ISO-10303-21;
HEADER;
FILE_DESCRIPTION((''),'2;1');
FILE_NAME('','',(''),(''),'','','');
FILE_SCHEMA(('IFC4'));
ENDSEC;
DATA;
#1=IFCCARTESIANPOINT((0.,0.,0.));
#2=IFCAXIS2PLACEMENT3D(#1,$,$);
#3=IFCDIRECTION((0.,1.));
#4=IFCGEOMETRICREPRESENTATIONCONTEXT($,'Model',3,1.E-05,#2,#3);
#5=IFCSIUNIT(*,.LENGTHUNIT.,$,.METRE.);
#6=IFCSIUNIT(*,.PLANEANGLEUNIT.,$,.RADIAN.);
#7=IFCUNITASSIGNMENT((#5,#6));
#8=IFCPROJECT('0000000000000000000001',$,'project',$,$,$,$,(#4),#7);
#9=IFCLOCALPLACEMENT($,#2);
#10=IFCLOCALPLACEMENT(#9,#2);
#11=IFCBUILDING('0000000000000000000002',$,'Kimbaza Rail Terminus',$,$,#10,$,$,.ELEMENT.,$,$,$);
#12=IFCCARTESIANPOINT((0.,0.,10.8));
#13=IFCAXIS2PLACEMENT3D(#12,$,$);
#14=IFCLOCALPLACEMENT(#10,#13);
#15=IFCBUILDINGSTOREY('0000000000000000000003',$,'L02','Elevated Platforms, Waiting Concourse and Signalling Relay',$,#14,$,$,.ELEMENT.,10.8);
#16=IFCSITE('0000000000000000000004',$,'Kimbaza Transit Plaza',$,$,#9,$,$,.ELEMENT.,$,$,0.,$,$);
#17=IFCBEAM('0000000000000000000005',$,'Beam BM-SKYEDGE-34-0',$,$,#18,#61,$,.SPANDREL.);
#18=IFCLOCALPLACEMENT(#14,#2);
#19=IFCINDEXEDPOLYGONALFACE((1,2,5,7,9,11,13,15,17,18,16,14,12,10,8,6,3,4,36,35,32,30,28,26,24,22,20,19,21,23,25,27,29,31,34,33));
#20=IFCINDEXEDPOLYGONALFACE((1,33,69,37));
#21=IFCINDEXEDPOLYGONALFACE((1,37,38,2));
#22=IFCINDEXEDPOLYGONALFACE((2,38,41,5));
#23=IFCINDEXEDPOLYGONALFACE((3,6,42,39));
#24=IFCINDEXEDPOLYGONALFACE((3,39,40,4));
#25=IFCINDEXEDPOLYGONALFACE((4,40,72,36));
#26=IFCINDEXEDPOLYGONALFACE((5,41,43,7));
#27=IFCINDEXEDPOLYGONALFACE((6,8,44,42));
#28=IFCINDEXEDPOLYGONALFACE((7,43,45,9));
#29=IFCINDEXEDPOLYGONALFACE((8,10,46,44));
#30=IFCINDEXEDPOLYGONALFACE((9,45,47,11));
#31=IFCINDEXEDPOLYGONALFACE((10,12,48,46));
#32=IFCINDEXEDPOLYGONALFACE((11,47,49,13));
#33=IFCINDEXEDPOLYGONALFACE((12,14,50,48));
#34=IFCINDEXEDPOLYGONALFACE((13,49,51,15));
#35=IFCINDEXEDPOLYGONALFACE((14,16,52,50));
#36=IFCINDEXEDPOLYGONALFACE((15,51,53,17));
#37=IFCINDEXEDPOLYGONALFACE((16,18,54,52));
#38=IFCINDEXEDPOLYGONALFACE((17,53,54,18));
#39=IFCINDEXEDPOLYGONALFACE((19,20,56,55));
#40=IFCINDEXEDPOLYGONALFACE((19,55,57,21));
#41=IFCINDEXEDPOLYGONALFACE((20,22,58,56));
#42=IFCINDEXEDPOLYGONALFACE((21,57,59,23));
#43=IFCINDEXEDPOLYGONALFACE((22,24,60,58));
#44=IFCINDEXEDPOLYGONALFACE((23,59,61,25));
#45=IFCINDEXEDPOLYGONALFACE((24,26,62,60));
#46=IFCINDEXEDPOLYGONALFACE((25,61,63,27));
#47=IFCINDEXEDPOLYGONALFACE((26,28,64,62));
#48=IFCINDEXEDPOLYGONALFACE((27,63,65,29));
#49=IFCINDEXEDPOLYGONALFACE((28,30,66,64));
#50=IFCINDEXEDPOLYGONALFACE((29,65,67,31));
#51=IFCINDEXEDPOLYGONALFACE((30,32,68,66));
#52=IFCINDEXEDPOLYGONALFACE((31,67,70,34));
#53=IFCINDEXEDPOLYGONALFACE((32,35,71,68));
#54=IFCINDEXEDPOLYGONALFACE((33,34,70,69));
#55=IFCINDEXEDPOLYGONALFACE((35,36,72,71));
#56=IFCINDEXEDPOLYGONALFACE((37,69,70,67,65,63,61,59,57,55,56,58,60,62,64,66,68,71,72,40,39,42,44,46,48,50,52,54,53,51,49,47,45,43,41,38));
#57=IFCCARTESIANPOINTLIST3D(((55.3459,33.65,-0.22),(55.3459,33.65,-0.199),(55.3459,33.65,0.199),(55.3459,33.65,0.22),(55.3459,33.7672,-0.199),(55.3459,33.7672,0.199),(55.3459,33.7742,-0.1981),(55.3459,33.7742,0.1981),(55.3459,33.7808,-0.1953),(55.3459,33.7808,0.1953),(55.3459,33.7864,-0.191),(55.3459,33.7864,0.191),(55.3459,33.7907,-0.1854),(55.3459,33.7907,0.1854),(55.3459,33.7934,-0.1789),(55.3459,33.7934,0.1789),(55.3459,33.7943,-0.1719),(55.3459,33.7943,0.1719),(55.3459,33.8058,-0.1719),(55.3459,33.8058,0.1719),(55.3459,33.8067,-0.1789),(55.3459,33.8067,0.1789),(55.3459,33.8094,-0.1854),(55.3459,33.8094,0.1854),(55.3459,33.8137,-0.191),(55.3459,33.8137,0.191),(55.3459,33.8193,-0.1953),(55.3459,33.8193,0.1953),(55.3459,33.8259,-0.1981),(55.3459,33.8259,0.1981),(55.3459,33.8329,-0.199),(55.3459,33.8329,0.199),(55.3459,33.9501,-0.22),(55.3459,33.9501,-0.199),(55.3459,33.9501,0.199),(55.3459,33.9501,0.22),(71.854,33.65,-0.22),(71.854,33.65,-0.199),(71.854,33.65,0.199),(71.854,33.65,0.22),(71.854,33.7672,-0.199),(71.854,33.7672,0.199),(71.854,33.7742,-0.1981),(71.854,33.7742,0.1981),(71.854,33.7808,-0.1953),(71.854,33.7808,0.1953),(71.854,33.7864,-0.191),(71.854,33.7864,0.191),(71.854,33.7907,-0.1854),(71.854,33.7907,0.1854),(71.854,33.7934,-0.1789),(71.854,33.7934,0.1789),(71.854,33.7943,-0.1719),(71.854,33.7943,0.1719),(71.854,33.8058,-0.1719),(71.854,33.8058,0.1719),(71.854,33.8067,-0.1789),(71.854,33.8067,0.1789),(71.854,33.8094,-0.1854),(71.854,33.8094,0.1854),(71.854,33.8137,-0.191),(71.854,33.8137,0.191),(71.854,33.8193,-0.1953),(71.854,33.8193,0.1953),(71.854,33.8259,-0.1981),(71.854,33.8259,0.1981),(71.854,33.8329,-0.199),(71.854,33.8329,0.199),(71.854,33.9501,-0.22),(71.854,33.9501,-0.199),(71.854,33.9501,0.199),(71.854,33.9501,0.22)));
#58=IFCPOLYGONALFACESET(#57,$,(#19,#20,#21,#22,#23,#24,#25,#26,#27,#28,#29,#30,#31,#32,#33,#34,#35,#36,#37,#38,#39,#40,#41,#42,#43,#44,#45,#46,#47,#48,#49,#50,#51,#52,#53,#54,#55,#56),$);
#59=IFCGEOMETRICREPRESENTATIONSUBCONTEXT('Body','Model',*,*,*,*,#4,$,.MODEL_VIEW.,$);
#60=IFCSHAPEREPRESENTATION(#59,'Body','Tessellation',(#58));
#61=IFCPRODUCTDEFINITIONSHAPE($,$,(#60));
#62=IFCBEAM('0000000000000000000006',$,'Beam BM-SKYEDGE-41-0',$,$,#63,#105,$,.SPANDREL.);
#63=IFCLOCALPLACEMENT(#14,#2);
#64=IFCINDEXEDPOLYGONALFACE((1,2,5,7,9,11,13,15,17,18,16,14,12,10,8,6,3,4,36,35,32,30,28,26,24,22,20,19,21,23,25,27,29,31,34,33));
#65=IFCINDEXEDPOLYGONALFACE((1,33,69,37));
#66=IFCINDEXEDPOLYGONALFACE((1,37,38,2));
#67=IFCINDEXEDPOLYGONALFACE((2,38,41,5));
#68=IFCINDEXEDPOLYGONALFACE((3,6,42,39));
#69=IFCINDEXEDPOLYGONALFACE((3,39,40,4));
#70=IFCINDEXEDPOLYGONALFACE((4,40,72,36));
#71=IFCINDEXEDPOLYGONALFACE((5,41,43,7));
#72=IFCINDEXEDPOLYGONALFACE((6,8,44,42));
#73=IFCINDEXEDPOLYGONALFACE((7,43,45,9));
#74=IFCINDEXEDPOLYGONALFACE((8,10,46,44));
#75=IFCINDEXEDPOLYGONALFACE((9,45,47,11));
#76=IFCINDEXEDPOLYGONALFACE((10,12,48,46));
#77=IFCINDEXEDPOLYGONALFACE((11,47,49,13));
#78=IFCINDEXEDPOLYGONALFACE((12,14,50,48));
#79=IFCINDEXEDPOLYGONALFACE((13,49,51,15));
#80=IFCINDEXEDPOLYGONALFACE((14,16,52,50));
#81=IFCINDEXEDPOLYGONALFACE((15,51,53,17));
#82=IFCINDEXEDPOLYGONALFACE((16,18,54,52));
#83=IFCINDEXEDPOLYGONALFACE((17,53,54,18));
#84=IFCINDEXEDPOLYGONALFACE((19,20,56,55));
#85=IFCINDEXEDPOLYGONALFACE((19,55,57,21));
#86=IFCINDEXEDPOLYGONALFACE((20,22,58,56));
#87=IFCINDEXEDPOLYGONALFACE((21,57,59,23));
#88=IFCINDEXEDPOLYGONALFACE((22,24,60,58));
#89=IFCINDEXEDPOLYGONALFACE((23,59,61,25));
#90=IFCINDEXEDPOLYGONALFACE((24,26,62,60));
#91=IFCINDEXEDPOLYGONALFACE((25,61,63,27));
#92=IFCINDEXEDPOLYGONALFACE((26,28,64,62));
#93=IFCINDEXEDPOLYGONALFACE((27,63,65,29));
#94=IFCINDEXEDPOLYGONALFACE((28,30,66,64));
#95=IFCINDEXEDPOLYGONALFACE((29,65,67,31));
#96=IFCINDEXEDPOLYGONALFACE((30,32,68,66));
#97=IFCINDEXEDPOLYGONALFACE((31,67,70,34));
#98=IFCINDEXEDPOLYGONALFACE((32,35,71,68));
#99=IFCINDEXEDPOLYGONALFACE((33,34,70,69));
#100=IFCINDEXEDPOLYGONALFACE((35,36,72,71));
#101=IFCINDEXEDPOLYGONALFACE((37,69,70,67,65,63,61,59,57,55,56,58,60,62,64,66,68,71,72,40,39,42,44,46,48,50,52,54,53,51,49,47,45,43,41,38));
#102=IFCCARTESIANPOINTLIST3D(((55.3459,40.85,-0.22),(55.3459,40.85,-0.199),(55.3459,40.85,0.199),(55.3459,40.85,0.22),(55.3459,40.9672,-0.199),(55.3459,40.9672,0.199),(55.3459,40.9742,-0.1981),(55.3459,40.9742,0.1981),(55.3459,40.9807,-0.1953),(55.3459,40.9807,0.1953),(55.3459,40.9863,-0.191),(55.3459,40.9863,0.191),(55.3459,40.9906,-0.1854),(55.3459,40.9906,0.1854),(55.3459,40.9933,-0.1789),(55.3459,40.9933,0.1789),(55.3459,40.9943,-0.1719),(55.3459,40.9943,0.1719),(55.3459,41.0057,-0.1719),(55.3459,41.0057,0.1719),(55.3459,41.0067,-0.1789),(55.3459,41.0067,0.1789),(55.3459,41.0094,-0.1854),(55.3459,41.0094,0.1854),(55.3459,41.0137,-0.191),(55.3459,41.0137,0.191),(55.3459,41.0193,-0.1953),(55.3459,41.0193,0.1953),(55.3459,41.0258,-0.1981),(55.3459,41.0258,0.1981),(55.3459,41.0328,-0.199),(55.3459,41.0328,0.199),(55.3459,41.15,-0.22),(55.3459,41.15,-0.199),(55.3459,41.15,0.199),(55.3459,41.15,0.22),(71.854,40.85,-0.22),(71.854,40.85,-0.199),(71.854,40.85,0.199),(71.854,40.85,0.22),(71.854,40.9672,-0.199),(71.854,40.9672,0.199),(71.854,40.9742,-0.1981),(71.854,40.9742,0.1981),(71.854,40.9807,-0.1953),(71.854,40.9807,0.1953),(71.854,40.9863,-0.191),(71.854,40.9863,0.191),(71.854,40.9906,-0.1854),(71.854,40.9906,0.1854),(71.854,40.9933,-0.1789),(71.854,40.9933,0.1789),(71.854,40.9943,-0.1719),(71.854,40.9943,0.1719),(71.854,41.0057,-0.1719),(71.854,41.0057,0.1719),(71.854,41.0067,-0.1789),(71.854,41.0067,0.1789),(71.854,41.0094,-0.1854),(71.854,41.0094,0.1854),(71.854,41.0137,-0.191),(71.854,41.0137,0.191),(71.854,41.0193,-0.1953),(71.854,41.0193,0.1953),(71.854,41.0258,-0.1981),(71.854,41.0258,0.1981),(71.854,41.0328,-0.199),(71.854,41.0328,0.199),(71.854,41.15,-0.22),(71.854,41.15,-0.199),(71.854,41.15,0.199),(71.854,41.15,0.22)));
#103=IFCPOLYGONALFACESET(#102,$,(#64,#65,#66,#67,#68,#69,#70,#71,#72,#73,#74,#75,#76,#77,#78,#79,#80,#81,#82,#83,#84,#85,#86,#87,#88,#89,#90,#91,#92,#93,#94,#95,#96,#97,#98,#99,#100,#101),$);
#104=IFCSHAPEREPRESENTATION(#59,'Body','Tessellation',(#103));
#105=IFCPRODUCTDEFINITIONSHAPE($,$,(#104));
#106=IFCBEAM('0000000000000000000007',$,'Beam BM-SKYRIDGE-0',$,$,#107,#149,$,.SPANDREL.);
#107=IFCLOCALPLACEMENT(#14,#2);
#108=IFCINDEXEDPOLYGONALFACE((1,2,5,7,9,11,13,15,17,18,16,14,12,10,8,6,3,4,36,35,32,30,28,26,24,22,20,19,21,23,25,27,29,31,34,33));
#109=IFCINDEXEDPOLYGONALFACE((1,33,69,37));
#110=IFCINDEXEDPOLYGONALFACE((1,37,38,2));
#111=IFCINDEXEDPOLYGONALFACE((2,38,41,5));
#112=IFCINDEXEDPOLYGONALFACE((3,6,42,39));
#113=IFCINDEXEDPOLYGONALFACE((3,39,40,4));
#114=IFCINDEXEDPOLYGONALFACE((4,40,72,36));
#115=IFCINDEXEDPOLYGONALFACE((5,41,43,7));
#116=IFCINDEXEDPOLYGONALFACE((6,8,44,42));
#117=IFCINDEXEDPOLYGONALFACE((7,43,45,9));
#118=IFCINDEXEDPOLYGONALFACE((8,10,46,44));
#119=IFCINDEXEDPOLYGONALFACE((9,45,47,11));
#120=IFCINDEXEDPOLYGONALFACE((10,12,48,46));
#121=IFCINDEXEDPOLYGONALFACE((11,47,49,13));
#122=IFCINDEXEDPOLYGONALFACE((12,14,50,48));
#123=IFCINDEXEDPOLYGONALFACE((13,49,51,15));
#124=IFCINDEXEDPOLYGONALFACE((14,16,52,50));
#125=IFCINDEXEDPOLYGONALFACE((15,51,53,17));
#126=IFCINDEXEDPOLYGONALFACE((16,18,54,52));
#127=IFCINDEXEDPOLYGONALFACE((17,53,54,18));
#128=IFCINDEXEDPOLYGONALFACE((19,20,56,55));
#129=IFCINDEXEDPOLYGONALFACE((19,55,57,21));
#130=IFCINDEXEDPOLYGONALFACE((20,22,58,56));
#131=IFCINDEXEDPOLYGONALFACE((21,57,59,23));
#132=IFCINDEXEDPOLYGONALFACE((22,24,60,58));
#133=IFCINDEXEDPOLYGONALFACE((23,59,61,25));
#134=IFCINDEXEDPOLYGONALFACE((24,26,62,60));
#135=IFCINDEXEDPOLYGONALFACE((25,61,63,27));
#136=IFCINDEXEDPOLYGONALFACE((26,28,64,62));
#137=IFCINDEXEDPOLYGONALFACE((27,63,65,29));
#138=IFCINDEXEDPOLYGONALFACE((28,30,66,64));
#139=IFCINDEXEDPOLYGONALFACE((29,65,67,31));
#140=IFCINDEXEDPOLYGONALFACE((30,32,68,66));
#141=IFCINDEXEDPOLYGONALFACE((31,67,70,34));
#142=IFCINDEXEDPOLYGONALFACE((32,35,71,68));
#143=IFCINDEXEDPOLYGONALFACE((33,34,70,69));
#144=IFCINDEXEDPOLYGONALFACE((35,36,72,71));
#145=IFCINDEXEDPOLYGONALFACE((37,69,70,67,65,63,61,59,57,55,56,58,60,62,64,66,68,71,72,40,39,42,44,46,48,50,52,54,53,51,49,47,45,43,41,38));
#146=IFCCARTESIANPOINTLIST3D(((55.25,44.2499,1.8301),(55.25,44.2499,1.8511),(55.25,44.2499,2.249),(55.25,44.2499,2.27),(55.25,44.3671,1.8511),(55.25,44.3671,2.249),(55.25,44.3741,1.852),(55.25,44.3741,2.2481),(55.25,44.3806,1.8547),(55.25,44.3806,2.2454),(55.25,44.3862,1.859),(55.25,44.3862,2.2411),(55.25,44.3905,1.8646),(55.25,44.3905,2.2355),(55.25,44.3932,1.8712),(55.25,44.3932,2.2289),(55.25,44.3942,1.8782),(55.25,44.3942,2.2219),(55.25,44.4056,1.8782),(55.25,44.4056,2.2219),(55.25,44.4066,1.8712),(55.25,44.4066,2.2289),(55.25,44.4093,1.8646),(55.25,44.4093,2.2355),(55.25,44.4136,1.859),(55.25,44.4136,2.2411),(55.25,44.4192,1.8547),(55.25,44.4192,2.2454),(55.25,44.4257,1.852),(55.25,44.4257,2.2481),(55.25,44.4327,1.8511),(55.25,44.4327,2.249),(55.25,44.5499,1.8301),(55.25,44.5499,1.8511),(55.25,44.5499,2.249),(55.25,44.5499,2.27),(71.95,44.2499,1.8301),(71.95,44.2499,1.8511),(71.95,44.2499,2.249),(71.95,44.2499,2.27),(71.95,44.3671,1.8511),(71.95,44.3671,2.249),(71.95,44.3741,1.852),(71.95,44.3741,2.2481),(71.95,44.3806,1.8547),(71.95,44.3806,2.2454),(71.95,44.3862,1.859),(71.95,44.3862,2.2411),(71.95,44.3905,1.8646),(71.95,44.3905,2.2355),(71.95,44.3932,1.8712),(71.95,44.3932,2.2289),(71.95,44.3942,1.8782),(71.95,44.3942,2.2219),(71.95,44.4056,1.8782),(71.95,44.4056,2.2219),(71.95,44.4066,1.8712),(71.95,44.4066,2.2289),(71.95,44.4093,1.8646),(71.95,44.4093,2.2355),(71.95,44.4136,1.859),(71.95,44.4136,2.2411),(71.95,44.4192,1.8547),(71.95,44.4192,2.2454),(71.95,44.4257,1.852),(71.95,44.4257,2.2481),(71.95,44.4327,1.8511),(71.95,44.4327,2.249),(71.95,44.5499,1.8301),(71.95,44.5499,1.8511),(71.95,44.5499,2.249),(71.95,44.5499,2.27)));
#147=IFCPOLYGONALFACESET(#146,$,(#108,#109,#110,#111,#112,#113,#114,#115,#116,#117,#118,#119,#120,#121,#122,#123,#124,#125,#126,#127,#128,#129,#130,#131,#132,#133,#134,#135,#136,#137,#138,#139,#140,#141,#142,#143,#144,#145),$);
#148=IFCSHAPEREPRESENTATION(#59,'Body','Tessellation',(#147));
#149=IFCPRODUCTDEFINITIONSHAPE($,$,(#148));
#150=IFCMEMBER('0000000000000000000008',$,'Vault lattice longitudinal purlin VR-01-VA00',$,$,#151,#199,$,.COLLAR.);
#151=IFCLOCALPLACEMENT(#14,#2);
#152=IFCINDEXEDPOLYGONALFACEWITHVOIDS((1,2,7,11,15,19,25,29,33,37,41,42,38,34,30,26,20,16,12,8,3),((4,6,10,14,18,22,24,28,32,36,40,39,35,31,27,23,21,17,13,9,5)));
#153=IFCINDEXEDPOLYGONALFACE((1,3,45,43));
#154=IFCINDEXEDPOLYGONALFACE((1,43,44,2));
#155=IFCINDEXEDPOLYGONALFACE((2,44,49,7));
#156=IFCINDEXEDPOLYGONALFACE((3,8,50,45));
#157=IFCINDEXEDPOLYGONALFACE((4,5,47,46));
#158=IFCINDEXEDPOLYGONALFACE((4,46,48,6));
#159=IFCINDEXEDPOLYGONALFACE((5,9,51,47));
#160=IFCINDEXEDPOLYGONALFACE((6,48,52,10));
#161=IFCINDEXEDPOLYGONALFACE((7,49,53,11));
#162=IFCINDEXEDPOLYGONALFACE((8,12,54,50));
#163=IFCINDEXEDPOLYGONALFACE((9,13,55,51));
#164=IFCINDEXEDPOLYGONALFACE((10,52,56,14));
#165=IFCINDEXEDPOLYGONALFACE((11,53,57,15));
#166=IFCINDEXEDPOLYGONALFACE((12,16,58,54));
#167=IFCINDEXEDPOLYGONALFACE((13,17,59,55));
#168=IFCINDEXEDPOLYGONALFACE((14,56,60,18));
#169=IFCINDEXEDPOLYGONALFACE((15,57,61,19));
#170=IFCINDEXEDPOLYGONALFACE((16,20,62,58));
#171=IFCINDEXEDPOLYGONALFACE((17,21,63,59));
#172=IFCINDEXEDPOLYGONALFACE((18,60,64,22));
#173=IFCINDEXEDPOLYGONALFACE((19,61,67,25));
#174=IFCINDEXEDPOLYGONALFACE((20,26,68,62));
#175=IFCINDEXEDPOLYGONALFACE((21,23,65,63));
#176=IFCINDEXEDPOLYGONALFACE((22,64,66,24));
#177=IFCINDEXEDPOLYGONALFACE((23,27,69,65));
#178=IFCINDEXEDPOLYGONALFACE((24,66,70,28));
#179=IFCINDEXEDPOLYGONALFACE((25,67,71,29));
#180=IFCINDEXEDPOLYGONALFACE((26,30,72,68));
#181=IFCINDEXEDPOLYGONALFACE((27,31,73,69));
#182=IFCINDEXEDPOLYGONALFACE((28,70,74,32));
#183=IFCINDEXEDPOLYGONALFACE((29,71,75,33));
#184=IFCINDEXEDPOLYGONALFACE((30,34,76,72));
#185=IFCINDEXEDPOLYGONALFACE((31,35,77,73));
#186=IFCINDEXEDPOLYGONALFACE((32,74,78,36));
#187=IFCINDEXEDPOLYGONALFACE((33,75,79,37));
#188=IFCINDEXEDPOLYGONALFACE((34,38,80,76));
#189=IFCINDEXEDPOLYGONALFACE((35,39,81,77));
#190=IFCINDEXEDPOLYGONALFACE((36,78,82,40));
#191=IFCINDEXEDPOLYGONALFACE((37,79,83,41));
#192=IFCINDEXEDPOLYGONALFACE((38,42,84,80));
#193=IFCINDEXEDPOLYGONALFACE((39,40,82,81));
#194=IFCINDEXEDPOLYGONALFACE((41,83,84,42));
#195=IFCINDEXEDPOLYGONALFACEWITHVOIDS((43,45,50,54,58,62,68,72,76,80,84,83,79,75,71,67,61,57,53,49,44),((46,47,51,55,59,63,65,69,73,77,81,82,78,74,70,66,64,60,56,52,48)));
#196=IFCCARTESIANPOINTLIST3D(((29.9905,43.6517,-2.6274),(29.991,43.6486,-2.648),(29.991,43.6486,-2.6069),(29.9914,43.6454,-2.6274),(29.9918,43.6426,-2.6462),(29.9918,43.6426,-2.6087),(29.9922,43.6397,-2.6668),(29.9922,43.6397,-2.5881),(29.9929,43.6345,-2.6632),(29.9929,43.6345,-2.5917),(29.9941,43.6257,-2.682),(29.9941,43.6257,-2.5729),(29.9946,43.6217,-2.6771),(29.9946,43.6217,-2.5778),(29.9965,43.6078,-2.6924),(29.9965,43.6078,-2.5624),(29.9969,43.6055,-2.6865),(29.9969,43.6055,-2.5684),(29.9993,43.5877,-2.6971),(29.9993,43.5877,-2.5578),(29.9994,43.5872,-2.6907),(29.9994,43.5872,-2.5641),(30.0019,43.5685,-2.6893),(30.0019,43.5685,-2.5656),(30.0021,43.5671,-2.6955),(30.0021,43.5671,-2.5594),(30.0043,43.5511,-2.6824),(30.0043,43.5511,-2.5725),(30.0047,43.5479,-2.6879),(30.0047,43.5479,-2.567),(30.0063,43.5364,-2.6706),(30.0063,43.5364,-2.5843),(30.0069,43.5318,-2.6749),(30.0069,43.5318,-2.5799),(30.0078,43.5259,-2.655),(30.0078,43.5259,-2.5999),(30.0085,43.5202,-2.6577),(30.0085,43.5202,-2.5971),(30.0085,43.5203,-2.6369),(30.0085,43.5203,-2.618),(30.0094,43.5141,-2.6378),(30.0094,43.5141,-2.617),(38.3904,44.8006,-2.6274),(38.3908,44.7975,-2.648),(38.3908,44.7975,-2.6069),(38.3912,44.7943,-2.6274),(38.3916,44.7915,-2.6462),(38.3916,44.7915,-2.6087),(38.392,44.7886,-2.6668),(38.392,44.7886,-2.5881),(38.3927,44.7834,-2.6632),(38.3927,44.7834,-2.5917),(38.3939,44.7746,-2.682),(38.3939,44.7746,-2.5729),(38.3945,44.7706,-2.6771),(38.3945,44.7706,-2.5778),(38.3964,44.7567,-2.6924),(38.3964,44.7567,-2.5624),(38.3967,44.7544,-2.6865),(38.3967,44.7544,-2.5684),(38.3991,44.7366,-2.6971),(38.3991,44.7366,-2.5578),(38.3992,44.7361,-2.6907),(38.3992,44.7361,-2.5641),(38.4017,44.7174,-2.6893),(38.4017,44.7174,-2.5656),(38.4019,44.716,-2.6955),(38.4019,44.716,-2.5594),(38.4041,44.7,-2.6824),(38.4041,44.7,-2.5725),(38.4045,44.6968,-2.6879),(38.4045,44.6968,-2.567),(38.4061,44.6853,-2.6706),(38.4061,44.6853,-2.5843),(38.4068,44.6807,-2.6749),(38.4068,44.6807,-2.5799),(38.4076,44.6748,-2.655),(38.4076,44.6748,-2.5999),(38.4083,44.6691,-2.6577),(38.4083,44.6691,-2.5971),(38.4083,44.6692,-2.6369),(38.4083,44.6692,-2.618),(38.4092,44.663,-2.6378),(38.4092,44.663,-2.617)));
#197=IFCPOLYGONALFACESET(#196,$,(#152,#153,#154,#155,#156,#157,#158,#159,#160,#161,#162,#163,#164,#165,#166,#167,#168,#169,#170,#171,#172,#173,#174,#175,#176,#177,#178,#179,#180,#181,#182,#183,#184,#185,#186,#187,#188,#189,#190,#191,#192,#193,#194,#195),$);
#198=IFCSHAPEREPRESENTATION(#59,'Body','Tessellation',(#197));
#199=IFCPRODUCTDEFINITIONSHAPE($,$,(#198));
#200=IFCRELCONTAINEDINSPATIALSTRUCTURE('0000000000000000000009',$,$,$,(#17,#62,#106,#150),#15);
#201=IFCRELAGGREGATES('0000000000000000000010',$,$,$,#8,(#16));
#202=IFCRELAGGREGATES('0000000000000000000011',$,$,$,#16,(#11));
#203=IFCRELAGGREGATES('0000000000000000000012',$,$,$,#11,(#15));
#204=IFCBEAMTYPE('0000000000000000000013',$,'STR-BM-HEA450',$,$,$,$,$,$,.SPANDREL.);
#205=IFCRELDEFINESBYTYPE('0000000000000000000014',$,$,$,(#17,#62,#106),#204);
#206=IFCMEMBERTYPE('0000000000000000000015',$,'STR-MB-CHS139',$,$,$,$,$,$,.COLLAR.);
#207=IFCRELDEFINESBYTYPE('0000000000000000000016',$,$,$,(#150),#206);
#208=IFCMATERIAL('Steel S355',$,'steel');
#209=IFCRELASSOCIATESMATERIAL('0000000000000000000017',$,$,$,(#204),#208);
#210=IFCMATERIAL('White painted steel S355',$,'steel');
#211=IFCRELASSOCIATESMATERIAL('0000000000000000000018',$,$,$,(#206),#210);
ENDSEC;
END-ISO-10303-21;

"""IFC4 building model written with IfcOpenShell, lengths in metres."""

from ifc_helpers import new_model, si_unit, direction, frame, origin, origin_2d, place, context, subcontext, project, spatial, hollow_circle, i_section, extrude, material, material_profile, profile_set, type_object, element, save


model = new_model("IFC4")

# Units and contexts
model_context = context("Model", 3, precision=1e-05, world=origin(), true_north=direction((0.0, 1.0)))
body_context = subcontext(model_context, "Body", "Model", "MODEL_VIEW")
ifc_project = project(units=[si_unit("LENGTHUNIT", "METRE"), si_unit("PLANEANGLEUNIT", "RADIAN")], contexts=[model_context])

# Site, building, storey
site_placement = place(None, origin())
site = spatial("IfcSite", under=ifc_project, at=site_placement, Name="Kimbaza Transit Plaza", CompositionType="ELEMENT", RefElevation=0.0)
building_placement = place(site_placement, origin())
building = spatial("IfcBuilding", under=site, at=building_placement, Name="Kimbaza Rail Terminus", CompositionType="ELEMENT")
storey_placement = place(building_placement, frame((0.0, 0.0, 10.8)))
storey = spatial("IfcBuildingStorey", under=building, at=storey_placement, Name="L02", Description="Elevated Platforms, Waiting Concourse and Signalling Relay", CompositionType="ELEMENT", Elevation=10.8)

# Beams
ifc_material_1 = material(Name="Steel S355", Category="steel")
ifc_material_profile_1 = material_profile(ifc_material_1, i_section(OverallWidth=0.3, OverallDepth=0.4399, WebThickness=0.0115, FlangeThickness=0.021, FilletRadius=0.0271, at=origin_2d()), Name="HEA 450")
ifc_profile_set_1 = profile_set([ifc_material_profile_1], Name="Steel S355")
beam_type = type_object("IfcBeamType", Name="STR-BM-HEA450", PredefinedType="SPANDREL", material=ifc_profile_set_1)
for number, where, z_axis, x_axis, name in (
    (1, (55.3459, 33.8, 0.0), (1.0, 0.0, 0.0), (0.0, 1.0, 0.0), "Beam BM-SKYEDGE-34-0"),
    (2, (55.3459, 41.0, 0.0), (1.0, 0.0, 0.0), (0.0, 1.0, 0.0), "Beam BM-SKYEDGE-41-0"),
):
    element("IfcBeam", number, at=place(storey_placement, frame(where, z_axis=z_axis, x_axis=x_axis)), inside=storey, type_object=beam_type, Name=name, PredefinedType="SPANDREL", context=body_context, shape_type="SweptSolid", body=[
        extrude(i_section(OverallWidth=0.3, OverallDepth=0.4399, WebThickness=0.0115, FlangeThickness=0.021, FilletRadius=0.0271, at=origin_2d()), origin(), (0.0, 0.0, 1.0), 16.5081),
    ])
beam_placement = place(storey_placement, frame((55.25, 44.3999, 2.05), z_axis=(1.0, 0.0, 0.0), x_axis=(0.0, 1.0, 0.0)))
element("IfcBeam", 3, at=beam_placement, inside=storey, type_object=beam_type, Name="Beam BM-SKYRIDGE-0", PredefinedType="SPANDREL", context=body_context, shape_type="SweptSolid", body=[
    extrude(i_section(OverallWidth=0.3, OverallDepth=0.4399, WebThickness=0.0115, FlangeThickness=0.021, FilletRadius=0.0271, at=origin_2d()), origin(), (0.0, 0.0, 1.0), 16.7),
])

# Member
ifc_material_2 = material(Name="White painted steel S355", Category="steel")
ifc_material_profile_2 = material_profile(ifc_material_2, hollow_circle(Radius=0.0698, WallThickness=0.0063, at=origin_2d()), Name="CHS 139.7x6.3")
ifc_profile_set_2 = profile_set([ifc_material_profile_2], Name="White painted steel S355")
member_type_1 = type_object("IfcMemberType", Name="STR-MB-CHS139", PredefinedType="COLLAR", material=ifc_profile_set_2)
member_1_placement = place(storey_placement, frame((30.0, 43.5825, -2.6274), z_axis=(0.990775, 0.135517, 0.0), x_axis=(-0.135517, 0.990775, 0.0)))
element("IfcMember", 4, at=member_1_placement, inside=storey, type_object=member_type_1, Name="Vault lattice longitudinal purlin VR-01-VA00", PredefinedType="COLLAR", context=body_context, shape_type="SweptSolid", body=[
    extrude(hollow_circle(Radius=0.0698, WallThickness=0.0063, at=origin_2d()), origin(), (0.0, 0.0, 1.0), 8.478),
])

save(model, "model.ifc")
